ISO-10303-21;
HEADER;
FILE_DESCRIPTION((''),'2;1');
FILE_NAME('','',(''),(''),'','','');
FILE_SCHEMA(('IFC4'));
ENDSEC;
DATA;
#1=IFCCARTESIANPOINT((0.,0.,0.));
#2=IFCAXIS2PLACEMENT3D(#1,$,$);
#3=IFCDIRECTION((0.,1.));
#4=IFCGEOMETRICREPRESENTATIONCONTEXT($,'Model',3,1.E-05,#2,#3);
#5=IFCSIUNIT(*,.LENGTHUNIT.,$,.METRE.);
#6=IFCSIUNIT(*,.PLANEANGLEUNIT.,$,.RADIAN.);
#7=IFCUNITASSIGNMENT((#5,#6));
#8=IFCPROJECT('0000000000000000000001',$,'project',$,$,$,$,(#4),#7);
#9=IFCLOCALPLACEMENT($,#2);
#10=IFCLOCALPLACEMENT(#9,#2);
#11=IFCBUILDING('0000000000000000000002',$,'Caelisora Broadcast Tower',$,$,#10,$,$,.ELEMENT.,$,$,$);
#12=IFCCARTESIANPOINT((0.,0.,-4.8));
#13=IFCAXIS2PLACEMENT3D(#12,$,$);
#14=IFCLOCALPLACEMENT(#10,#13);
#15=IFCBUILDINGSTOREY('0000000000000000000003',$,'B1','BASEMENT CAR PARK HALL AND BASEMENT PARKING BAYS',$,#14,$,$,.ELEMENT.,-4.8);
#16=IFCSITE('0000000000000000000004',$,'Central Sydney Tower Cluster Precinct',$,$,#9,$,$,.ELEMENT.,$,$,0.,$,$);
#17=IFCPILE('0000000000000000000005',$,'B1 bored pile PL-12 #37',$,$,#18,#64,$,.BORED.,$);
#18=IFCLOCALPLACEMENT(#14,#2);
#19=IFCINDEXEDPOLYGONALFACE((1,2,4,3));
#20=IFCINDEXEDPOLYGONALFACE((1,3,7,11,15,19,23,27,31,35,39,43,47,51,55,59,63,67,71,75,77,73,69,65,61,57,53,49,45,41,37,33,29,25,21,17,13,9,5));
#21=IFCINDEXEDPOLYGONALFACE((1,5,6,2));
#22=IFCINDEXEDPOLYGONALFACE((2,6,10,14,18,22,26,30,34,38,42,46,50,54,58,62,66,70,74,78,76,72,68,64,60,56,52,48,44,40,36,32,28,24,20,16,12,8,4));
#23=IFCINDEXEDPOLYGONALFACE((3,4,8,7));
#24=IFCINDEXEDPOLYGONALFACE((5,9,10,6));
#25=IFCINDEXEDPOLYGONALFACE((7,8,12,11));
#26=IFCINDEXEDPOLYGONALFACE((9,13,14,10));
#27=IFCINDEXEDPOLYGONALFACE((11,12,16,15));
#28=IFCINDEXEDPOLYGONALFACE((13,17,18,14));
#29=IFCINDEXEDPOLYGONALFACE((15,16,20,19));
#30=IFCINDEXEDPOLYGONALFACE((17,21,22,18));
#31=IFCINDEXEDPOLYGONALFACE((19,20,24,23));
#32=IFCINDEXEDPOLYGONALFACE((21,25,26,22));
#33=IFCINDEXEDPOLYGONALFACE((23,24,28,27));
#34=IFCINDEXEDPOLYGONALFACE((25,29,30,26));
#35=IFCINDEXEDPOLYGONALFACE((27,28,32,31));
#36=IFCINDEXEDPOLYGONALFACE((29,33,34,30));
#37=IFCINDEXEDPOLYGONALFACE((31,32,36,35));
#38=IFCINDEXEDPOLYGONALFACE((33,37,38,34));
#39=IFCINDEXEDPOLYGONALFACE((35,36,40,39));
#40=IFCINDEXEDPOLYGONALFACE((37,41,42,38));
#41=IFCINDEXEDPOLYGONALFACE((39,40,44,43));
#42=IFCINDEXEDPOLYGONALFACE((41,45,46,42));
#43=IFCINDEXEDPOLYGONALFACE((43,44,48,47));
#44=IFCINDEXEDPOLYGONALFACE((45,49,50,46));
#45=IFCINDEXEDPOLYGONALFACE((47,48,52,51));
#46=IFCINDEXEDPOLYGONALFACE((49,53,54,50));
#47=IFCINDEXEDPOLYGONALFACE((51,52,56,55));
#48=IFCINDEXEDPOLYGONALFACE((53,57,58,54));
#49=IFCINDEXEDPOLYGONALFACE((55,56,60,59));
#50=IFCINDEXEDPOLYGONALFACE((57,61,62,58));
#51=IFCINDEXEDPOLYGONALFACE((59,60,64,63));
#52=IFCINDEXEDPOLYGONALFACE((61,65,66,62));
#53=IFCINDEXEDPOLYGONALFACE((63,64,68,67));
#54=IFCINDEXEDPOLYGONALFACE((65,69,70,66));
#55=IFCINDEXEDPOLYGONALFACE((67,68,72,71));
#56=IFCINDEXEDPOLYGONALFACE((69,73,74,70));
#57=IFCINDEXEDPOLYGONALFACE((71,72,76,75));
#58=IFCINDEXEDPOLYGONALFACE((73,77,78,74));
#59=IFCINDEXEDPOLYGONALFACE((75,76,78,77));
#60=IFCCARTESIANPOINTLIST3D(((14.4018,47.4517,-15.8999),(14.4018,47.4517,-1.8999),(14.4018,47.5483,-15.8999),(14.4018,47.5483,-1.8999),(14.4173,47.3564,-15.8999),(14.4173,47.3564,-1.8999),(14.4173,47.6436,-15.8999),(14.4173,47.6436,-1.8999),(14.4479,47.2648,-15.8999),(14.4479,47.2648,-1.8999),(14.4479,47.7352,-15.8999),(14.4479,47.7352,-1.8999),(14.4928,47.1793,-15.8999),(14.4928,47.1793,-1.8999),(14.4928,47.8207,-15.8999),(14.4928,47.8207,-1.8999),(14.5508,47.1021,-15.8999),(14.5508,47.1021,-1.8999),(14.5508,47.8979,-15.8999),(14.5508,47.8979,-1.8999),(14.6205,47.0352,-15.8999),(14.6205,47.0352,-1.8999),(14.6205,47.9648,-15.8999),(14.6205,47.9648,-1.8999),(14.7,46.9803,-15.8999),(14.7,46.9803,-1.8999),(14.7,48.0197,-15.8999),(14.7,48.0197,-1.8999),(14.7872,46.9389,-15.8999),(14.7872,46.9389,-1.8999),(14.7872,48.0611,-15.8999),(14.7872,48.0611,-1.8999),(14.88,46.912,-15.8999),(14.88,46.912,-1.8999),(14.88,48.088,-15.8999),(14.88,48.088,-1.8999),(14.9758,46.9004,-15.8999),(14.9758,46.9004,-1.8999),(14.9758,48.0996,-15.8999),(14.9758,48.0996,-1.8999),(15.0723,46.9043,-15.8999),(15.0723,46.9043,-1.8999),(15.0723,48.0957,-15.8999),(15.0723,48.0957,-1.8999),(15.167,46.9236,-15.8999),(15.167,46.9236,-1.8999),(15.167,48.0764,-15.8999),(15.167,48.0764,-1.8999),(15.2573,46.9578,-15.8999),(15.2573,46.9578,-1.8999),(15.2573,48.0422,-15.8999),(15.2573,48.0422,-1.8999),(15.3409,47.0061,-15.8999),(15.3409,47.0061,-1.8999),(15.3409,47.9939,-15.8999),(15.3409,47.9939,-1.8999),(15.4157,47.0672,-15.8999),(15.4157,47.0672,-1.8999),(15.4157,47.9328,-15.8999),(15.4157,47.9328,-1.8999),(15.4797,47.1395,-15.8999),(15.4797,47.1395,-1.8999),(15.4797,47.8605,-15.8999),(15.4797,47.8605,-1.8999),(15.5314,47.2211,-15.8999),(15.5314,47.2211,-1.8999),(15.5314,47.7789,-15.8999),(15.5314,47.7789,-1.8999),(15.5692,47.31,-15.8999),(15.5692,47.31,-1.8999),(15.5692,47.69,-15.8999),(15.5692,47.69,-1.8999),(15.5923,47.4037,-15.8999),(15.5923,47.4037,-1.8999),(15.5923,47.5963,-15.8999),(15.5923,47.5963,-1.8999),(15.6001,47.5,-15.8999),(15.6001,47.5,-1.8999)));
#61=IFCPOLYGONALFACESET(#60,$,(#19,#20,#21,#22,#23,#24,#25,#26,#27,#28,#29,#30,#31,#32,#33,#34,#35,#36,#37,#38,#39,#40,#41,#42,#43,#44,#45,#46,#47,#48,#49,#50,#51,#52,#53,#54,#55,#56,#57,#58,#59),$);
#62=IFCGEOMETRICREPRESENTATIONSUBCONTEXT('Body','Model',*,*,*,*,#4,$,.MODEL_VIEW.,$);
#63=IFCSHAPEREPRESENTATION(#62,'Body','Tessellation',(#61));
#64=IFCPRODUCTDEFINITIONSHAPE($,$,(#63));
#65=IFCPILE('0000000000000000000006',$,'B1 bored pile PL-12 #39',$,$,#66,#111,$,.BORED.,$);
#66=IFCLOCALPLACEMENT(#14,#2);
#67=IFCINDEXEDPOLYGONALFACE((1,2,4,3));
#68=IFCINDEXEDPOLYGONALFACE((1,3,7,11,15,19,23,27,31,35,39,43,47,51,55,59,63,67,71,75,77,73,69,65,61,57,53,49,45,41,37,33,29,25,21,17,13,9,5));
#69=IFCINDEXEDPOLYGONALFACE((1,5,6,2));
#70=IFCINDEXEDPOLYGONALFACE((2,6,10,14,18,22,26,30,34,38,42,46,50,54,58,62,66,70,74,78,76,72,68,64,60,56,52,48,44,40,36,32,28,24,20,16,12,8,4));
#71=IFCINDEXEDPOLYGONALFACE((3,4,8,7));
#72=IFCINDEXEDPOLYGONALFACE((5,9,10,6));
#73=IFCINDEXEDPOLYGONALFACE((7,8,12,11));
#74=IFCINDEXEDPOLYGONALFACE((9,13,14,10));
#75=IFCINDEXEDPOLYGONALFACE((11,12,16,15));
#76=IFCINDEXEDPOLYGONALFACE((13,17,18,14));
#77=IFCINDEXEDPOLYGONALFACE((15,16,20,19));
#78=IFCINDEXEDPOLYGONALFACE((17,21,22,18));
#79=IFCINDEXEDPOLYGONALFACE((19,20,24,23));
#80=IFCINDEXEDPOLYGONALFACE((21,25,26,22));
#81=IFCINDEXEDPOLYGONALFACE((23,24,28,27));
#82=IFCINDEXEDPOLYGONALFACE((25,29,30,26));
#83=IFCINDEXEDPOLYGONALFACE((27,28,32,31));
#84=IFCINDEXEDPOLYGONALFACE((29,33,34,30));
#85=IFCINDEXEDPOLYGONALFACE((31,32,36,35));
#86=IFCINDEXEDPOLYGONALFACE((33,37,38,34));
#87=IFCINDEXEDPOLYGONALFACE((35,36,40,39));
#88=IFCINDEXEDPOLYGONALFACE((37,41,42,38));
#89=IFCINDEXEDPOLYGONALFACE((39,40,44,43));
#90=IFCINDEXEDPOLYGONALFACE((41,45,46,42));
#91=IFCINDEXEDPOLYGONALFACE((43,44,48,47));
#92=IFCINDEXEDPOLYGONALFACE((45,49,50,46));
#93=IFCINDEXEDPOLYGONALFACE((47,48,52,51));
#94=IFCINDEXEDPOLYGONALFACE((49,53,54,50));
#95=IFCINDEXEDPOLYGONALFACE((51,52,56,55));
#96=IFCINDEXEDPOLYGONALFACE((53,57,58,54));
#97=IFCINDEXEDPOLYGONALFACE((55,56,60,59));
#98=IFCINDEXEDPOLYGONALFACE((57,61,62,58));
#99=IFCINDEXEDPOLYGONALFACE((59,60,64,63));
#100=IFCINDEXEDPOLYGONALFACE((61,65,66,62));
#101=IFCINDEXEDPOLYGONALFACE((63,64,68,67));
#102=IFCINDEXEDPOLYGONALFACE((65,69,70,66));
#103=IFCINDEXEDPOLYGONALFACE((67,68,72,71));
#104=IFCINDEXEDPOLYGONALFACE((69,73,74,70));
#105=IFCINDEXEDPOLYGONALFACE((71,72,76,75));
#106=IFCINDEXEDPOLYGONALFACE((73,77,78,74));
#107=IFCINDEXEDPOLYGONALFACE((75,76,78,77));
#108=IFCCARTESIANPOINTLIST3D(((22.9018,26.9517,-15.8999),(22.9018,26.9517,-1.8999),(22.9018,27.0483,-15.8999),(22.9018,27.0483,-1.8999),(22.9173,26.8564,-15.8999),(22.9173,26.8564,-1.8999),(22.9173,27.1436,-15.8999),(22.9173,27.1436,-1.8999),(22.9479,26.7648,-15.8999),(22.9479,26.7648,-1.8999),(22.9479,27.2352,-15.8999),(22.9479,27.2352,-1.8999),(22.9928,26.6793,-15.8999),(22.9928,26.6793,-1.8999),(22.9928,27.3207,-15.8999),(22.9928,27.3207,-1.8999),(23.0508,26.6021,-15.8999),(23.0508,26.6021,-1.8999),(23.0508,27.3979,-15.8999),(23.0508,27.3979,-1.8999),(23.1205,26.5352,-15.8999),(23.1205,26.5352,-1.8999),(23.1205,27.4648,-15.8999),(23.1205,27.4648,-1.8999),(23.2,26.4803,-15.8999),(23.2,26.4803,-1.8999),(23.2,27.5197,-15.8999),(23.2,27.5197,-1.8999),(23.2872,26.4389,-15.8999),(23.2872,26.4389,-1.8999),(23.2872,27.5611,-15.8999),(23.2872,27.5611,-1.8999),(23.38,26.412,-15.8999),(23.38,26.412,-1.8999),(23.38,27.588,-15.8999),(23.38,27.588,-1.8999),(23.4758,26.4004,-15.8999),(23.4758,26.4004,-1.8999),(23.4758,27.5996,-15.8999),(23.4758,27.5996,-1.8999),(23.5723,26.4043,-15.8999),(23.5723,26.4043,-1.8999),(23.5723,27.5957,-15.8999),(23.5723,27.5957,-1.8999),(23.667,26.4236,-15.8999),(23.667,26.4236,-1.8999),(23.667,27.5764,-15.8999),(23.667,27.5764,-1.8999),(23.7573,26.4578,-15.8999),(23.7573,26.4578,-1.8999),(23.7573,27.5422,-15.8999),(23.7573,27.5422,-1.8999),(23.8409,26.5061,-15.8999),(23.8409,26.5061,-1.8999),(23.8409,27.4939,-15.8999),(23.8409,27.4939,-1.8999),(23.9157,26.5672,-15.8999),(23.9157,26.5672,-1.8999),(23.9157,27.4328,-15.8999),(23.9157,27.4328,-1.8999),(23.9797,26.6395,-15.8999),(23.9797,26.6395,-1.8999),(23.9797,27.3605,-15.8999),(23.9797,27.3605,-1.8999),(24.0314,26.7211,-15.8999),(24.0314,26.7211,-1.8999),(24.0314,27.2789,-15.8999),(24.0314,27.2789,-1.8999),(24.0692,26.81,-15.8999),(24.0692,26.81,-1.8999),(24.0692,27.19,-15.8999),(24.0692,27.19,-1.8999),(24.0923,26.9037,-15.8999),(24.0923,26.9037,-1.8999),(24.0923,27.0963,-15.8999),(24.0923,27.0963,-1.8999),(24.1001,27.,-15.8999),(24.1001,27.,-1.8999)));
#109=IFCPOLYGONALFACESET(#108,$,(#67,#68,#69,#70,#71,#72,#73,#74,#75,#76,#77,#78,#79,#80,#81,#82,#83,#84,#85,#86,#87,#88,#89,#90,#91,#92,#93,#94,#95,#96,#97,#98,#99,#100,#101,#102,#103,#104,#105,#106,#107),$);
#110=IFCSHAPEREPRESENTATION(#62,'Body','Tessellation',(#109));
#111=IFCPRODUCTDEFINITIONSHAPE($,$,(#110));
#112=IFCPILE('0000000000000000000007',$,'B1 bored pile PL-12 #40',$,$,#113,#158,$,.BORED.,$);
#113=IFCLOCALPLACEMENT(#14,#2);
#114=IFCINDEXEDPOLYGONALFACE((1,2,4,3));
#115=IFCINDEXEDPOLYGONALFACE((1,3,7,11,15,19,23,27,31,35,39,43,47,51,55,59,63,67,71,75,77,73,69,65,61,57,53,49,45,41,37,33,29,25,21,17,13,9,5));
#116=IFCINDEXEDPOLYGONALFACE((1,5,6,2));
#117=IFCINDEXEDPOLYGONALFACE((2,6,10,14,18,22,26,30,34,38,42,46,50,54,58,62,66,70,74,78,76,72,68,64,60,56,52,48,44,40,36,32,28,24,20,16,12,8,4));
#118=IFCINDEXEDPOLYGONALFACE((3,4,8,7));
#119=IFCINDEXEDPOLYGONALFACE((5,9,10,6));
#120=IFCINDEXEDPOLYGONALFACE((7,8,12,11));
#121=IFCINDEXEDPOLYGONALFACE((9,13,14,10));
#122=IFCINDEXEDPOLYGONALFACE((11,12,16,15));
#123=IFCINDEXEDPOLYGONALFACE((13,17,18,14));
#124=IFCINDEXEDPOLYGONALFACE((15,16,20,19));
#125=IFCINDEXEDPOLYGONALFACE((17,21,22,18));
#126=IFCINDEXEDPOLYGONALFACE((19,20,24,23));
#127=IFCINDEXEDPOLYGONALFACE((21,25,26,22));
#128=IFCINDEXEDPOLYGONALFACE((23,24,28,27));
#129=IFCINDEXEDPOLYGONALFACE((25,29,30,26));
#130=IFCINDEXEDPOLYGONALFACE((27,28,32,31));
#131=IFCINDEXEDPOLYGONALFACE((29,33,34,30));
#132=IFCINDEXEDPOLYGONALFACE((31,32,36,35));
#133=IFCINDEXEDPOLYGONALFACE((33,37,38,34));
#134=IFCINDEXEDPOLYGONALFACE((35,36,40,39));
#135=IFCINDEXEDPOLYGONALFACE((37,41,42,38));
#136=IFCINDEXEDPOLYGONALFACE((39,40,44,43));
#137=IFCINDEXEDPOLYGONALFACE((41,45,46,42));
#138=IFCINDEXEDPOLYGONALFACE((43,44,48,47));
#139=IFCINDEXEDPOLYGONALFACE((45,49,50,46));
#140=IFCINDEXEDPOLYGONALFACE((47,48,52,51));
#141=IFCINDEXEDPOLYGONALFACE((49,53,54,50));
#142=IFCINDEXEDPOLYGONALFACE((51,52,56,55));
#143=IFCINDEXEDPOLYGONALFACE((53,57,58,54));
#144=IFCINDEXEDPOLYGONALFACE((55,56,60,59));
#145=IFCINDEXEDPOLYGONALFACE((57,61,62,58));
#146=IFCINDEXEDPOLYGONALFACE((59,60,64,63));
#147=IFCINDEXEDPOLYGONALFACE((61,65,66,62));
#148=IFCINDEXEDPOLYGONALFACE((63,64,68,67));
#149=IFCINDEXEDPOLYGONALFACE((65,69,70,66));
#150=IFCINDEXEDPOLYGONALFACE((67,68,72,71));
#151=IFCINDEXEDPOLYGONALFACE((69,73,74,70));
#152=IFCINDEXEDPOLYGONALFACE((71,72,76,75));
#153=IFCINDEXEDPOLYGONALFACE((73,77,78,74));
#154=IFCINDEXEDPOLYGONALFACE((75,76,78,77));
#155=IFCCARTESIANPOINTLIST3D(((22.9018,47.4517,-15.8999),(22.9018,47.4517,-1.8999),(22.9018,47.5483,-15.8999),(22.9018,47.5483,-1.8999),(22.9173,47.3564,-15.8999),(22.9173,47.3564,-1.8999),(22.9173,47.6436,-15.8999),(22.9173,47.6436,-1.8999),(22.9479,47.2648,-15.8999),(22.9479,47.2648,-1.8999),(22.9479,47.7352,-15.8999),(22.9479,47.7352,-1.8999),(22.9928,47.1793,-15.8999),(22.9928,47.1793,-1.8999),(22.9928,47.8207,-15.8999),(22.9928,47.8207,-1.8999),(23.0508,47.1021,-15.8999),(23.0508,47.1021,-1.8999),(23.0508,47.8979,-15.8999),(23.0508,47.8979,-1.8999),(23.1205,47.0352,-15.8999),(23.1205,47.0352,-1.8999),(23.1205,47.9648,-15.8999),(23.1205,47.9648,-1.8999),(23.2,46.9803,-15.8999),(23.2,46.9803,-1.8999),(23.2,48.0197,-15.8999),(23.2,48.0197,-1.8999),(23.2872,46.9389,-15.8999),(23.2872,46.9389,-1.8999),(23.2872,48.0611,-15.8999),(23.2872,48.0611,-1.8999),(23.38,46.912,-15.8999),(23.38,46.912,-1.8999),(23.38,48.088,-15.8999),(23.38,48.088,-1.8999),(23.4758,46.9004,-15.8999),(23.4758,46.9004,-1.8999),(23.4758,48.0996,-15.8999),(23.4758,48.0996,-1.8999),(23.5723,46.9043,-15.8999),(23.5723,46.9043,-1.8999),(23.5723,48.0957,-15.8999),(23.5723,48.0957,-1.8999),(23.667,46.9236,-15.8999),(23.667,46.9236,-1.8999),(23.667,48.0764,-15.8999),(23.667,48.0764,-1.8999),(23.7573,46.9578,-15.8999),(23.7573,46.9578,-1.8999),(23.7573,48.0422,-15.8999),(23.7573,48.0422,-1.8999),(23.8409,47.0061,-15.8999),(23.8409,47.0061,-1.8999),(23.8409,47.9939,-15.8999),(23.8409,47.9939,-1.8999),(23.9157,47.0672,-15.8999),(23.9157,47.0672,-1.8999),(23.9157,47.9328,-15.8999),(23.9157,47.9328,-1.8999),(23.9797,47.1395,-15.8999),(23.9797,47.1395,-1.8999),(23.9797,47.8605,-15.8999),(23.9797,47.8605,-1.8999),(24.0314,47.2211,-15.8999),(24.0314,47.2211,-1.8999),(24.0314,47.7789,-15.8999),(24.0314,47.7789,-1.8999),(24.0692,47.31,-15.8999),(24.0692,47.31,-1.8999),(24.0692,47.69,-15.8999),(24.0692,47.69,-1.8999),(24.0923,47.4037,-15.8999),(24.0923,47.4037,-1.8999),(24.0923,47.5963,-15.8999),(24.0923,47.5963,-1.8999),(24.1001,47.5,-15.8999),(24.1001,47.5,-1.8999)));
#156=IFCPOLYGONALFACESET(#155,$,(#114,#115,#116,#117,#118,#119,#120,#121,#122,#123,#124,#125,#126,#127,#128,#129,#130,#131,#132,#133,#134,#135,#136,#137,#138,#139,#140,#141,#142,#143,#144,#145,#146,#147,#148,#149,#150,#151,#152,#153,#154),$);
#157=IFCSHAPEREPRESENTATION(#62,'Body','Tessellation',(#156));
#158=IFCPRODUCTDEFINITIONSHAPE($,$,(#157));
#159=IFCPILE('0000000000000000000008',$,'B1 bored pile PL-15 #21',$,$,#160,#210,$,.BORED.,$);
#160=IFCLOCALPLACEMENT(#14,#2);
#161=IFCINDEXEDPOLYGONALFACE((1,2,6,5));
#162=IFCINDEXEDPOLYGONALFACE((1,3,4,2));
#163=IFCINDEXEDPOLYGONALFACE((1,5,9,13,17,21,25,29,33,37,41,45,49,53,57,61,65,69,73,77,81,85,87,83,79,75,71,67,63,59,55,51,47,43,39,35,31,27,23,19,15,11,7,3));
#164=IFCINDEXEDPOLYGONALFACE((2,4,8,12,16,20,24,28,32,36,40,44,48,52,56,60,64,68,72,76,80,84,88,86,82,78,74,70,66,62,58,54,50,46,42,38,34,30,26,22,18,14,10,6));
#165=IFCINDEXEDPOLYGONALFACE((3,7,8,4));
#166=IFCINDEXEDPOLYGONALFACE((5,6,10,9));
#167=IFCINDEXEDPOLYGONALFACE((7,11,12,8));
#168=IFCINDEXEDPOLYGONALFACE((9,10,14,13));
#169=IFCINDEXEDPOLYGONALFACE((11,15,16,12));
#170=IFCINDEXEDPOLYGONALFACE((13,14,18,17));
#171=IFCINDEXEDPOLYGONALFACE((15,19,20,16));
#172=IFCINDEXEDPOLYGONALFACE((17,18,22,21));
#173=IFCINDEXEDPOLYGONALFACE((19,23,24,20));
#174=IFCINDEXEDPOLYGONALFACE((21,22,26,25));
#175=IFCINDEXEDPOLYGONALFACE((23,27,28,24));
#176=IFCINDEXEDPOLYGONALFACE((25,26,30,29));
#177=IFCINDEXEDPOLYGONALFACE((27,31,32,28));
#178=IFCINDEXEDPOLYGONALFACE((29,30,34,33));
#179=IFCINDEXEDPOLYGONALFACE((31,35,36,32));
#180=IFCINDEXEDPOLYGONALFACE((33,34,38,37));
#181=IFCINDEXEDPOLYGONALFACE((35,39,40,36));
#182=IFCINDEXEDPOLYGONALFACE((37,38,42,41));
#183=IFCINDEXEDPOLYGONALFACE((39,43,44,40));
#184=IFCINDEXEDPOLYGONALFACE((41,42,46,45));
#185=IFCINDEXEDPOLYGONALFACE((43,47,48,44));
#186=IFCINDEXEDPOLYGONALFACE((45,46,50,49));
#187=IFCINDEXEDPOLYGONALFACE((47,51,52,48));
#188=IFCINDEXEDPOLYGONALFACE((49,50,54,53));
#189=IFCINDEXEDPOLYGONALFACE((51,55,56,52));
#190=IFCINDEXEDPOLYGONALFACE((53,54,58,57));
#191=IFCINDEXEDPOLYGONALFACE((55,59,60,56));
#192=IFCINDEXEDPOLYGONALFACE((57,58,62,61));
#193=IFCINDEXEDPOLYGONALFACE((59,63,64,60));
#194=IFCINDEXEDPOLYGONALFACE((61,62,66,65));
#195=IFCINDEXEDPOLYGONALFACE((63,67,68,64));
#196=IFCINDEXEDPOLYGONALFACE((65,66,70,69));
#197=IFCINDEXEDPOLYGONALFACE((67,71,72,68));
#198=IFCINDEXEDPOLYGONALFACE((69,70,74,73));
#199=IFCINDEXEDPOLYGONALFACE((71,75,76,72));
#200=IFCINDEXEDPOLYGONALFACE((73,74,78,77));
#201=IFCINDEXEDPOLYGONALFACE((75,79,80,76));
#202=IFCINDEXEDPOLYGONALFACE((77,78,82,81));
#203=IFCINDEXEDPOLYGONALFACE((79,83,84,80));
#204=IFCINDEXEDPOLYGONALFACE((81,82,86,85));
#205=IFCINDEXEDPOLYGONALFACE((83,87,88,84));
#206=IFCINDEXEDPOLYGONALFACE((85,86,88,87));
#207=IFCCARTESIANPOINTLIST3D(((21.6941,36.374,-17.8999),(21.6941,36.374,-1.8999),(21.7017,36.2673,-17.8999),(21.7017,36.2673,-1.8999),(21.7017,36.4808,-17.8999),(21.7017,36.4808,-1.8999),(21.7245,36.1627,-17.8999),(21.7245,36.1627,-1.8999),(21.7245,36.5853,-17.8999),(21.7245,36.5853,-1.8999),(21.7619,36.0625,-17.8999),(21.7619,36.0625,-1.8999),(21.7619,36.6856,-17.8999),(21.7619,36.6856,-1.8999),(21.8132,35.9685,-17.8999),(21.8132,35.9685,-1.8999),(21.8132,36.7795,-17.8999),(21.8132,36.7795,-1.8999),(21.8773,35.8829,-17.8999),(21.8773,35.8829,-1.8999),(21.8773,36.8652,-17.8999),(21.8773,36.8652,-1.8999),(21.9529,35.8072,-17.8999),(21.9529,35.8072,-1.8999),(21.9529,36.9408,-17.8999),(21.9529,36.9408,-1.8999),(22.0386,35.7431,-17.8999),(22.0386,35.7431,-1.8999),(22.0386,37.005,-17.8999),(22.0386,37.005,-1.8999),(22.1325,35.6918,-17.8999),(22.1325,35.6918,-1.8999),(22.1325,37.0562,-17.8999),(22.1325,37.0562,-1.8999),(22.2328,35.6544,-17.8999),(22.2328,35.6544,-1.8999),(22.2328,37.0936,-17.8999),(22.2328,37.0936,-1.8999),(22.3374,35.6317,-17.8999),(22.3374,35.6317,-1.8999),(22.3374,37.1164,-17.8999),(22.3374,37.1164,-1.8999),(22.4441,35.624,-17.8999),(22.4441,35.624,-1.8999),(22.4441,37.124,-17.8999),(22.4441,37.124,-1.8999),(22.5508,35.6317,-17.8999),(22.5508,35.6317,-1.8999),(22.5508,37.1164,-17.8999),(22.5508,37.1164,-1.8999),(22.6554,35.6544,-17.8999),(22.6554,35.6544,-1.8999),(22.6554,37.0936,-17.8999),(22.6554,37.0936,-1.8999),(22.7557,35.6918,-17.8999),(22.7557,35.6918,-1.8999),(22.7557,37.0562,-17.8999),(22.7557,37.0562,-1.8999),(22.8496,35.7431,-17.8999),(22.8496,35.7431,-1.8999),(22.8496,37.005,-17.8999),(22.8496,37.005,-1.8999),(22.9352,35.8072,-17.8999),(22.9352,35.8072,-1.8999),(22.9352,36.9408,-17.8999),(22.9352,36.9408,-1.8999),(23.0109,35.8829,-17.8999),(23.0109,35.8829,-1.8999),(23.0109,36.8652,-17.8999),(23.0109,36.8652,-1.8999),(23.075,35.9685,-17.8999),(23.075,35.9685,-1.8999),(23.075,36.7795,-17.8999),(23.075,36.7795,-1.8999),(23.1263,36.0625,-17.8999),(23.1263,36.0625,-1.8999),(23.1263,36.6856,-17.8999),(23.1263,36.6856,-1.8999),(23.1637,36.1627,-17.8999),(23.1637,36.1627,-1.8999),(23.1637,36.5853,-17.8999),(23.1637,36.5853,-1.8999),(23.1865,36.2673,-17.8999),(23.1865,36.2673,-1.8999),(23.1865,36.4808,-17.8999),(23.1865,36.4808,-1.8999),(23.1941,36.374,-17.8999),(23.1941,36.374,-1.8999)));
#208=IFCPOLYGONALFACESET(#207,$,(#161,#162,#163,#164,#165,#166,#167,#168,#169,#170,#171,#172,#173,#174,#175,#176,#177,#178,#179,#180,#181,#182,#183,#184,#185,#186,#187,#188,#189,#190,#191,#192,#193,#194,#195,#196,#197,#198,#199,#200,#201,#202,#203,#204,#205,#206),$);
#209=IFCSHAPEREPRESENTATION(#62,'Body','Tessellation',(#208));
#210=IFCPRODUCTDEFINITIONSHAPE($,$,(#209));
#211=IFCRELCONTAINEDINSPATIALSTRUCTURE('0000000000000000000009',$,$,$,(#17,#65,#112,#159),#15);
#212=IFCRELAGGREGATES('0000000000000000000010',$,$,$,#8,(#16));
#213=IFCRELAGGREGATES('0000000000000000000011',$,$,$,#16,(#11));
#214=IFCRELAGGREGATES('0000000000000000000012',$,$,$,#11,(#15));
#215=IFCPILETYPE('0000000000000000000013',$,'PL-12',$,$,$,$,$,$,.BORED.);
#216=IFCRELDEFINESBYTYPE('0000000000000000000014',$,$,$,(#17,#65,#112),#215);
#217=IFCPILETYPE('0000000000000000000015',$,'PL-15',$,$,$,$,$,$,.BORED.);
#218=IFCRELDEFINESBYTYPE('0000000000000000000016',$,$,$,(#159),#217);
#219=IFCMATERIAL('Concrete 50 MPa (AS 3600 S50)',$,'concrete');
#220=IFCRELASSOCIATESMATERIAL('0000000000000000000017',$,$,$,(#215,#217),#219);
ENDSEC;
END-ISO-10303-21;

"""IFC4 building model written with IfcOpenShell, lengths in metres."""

from ifc_helpers import new_model, si_unit, direction, frame, origin, origin_2d, place, context, subcontext, project, spatial, circle, extrude, material, material_profile, profile_set, type_object, element, save


model = new_model("IFC4")

# Units and contexts
model_context = context("Model", 3, precision=1e-05, world=origin(), true_north=direction((0.0, 1.0)))
body_context = subcontext(model_context, "Body", "Model", "MODEL_VIEW")
ifc_project = project(units=[si_unit("LENGTHUNIT", "METRE"), si_unit("PLANEANGLEUNIT", "RADIAN")], contexts=[model_context])

# Site, building, storey
site_placement = place(None, origin())
site = spatial("IfcSite", under=ifc_project, at=site_placement, Name="Central Sydney Tower Cluster Precinct", CompositionType="ELEMENT", RefElevation=0.0)
building_placement = place(site_placement, origin())
building = spatial("IfcBuilding", under=site, at=building_placement, Name="Caelisora Broadcast Tower", CompositionType="ELEMENT")
storey_placement = place(building_placement, frame((0.0, 0.0, -4.8)))
storey = spatial("IfcBuildingStorey", under=building, at=storey_placement, Name="B1", Description="BASEMENT CAR PARK HALL AND BASEMENT PARKING BAYS", CompositionType="ELEMENT", Elevation=-4.8)

# Piles
ifc_material_1 = material(Name="Concrete 50 MPa (AS 3600 S50)", Category="concrete")
ifc_material_profile_1 = material_profile(ifc_material_1, circle(Radius=0.6001, at=origin_2d()), Name="Concrete 50 MPa (AS 3600 S50)")
ifc_profile_set_1 = profile_set([ifc_material_profile_1], Name="Concrete 50 MPa (AS 3600 S50)")
pile_type_1 = type_object("IfcPileType", Name="PL-12", PredefinedType="BORED", material=ifc_profile_set_1)
for number, where, z_axis, x_axis, name in (
    (1, (15.0, 47.5, -1.8999), (0.0, 0.0, -1.0), (1.0, 0.0, 0.0), "B1 bored pile PL-12 #37"),
    (2, (23.5, 27.0, -1.8999), (0.0, 0.0, -1.0), (1.0, 0.0, 0.0), "B1 bored pile PL-12 #39"),
    (3, (23.5, 47.5, -1.8999), (0.0, 0.0, -1.0), (1.0, 0.0, 0.0), "B1 bored pile PL-12 #40"),
):
    element("IfcPile", number, at=place(storey_placement, frame(where, z_axis=z_axis, x_axis=x_axis)), inside=storey, type_object=pile_type_1, Name=name, PredefinedType="BORED", context=body_context, shape_type="SweptSolid", body=[
        extrude(circle(Radius=0.6001, at=origin_2d()), origin(), (0.0, 0.0, 1.0), 14.0),
    ])
ifc_material_profile_2 = material_profile(ifc_material_1, circle(Radius=0.75, at=origin_2d()), Name="Concrete 50 MPa (AS 3600 S50)")
ifc_profile_set_2 = profile_set([ifc_material_profile_2], Name="Concrete 50 MPa (AS 3600 S50)")
pile_type_2 = type_object("IfcPileType", Name="PL-15", PredefinedType="BORED", material=ifc_profile_set_2)
for number, where, z_axis, x_axis, name in (
    (4, (22.4441, 36.374, -1.8999), (0.0, 0.0, -1.0), (1.0, 0.0, 0.0), "B1 bored pile PL-15 #21"),
):
    element("IfcPile", number, at=place(storey_placement, frame(where, z_axis=z_axis, x_axis=x_axis)), inside=storey, type_object=pile_type_2, Name=name, PredefinedType="BORED", context=body_context, shape_type="SweptSolid", body=[
        extrude(circle(Radius=0.75, at=origin_2d()), origin(), (0.0, 0.0, 1.0), 16.0),
    ])

save(model, "model.ifc")
